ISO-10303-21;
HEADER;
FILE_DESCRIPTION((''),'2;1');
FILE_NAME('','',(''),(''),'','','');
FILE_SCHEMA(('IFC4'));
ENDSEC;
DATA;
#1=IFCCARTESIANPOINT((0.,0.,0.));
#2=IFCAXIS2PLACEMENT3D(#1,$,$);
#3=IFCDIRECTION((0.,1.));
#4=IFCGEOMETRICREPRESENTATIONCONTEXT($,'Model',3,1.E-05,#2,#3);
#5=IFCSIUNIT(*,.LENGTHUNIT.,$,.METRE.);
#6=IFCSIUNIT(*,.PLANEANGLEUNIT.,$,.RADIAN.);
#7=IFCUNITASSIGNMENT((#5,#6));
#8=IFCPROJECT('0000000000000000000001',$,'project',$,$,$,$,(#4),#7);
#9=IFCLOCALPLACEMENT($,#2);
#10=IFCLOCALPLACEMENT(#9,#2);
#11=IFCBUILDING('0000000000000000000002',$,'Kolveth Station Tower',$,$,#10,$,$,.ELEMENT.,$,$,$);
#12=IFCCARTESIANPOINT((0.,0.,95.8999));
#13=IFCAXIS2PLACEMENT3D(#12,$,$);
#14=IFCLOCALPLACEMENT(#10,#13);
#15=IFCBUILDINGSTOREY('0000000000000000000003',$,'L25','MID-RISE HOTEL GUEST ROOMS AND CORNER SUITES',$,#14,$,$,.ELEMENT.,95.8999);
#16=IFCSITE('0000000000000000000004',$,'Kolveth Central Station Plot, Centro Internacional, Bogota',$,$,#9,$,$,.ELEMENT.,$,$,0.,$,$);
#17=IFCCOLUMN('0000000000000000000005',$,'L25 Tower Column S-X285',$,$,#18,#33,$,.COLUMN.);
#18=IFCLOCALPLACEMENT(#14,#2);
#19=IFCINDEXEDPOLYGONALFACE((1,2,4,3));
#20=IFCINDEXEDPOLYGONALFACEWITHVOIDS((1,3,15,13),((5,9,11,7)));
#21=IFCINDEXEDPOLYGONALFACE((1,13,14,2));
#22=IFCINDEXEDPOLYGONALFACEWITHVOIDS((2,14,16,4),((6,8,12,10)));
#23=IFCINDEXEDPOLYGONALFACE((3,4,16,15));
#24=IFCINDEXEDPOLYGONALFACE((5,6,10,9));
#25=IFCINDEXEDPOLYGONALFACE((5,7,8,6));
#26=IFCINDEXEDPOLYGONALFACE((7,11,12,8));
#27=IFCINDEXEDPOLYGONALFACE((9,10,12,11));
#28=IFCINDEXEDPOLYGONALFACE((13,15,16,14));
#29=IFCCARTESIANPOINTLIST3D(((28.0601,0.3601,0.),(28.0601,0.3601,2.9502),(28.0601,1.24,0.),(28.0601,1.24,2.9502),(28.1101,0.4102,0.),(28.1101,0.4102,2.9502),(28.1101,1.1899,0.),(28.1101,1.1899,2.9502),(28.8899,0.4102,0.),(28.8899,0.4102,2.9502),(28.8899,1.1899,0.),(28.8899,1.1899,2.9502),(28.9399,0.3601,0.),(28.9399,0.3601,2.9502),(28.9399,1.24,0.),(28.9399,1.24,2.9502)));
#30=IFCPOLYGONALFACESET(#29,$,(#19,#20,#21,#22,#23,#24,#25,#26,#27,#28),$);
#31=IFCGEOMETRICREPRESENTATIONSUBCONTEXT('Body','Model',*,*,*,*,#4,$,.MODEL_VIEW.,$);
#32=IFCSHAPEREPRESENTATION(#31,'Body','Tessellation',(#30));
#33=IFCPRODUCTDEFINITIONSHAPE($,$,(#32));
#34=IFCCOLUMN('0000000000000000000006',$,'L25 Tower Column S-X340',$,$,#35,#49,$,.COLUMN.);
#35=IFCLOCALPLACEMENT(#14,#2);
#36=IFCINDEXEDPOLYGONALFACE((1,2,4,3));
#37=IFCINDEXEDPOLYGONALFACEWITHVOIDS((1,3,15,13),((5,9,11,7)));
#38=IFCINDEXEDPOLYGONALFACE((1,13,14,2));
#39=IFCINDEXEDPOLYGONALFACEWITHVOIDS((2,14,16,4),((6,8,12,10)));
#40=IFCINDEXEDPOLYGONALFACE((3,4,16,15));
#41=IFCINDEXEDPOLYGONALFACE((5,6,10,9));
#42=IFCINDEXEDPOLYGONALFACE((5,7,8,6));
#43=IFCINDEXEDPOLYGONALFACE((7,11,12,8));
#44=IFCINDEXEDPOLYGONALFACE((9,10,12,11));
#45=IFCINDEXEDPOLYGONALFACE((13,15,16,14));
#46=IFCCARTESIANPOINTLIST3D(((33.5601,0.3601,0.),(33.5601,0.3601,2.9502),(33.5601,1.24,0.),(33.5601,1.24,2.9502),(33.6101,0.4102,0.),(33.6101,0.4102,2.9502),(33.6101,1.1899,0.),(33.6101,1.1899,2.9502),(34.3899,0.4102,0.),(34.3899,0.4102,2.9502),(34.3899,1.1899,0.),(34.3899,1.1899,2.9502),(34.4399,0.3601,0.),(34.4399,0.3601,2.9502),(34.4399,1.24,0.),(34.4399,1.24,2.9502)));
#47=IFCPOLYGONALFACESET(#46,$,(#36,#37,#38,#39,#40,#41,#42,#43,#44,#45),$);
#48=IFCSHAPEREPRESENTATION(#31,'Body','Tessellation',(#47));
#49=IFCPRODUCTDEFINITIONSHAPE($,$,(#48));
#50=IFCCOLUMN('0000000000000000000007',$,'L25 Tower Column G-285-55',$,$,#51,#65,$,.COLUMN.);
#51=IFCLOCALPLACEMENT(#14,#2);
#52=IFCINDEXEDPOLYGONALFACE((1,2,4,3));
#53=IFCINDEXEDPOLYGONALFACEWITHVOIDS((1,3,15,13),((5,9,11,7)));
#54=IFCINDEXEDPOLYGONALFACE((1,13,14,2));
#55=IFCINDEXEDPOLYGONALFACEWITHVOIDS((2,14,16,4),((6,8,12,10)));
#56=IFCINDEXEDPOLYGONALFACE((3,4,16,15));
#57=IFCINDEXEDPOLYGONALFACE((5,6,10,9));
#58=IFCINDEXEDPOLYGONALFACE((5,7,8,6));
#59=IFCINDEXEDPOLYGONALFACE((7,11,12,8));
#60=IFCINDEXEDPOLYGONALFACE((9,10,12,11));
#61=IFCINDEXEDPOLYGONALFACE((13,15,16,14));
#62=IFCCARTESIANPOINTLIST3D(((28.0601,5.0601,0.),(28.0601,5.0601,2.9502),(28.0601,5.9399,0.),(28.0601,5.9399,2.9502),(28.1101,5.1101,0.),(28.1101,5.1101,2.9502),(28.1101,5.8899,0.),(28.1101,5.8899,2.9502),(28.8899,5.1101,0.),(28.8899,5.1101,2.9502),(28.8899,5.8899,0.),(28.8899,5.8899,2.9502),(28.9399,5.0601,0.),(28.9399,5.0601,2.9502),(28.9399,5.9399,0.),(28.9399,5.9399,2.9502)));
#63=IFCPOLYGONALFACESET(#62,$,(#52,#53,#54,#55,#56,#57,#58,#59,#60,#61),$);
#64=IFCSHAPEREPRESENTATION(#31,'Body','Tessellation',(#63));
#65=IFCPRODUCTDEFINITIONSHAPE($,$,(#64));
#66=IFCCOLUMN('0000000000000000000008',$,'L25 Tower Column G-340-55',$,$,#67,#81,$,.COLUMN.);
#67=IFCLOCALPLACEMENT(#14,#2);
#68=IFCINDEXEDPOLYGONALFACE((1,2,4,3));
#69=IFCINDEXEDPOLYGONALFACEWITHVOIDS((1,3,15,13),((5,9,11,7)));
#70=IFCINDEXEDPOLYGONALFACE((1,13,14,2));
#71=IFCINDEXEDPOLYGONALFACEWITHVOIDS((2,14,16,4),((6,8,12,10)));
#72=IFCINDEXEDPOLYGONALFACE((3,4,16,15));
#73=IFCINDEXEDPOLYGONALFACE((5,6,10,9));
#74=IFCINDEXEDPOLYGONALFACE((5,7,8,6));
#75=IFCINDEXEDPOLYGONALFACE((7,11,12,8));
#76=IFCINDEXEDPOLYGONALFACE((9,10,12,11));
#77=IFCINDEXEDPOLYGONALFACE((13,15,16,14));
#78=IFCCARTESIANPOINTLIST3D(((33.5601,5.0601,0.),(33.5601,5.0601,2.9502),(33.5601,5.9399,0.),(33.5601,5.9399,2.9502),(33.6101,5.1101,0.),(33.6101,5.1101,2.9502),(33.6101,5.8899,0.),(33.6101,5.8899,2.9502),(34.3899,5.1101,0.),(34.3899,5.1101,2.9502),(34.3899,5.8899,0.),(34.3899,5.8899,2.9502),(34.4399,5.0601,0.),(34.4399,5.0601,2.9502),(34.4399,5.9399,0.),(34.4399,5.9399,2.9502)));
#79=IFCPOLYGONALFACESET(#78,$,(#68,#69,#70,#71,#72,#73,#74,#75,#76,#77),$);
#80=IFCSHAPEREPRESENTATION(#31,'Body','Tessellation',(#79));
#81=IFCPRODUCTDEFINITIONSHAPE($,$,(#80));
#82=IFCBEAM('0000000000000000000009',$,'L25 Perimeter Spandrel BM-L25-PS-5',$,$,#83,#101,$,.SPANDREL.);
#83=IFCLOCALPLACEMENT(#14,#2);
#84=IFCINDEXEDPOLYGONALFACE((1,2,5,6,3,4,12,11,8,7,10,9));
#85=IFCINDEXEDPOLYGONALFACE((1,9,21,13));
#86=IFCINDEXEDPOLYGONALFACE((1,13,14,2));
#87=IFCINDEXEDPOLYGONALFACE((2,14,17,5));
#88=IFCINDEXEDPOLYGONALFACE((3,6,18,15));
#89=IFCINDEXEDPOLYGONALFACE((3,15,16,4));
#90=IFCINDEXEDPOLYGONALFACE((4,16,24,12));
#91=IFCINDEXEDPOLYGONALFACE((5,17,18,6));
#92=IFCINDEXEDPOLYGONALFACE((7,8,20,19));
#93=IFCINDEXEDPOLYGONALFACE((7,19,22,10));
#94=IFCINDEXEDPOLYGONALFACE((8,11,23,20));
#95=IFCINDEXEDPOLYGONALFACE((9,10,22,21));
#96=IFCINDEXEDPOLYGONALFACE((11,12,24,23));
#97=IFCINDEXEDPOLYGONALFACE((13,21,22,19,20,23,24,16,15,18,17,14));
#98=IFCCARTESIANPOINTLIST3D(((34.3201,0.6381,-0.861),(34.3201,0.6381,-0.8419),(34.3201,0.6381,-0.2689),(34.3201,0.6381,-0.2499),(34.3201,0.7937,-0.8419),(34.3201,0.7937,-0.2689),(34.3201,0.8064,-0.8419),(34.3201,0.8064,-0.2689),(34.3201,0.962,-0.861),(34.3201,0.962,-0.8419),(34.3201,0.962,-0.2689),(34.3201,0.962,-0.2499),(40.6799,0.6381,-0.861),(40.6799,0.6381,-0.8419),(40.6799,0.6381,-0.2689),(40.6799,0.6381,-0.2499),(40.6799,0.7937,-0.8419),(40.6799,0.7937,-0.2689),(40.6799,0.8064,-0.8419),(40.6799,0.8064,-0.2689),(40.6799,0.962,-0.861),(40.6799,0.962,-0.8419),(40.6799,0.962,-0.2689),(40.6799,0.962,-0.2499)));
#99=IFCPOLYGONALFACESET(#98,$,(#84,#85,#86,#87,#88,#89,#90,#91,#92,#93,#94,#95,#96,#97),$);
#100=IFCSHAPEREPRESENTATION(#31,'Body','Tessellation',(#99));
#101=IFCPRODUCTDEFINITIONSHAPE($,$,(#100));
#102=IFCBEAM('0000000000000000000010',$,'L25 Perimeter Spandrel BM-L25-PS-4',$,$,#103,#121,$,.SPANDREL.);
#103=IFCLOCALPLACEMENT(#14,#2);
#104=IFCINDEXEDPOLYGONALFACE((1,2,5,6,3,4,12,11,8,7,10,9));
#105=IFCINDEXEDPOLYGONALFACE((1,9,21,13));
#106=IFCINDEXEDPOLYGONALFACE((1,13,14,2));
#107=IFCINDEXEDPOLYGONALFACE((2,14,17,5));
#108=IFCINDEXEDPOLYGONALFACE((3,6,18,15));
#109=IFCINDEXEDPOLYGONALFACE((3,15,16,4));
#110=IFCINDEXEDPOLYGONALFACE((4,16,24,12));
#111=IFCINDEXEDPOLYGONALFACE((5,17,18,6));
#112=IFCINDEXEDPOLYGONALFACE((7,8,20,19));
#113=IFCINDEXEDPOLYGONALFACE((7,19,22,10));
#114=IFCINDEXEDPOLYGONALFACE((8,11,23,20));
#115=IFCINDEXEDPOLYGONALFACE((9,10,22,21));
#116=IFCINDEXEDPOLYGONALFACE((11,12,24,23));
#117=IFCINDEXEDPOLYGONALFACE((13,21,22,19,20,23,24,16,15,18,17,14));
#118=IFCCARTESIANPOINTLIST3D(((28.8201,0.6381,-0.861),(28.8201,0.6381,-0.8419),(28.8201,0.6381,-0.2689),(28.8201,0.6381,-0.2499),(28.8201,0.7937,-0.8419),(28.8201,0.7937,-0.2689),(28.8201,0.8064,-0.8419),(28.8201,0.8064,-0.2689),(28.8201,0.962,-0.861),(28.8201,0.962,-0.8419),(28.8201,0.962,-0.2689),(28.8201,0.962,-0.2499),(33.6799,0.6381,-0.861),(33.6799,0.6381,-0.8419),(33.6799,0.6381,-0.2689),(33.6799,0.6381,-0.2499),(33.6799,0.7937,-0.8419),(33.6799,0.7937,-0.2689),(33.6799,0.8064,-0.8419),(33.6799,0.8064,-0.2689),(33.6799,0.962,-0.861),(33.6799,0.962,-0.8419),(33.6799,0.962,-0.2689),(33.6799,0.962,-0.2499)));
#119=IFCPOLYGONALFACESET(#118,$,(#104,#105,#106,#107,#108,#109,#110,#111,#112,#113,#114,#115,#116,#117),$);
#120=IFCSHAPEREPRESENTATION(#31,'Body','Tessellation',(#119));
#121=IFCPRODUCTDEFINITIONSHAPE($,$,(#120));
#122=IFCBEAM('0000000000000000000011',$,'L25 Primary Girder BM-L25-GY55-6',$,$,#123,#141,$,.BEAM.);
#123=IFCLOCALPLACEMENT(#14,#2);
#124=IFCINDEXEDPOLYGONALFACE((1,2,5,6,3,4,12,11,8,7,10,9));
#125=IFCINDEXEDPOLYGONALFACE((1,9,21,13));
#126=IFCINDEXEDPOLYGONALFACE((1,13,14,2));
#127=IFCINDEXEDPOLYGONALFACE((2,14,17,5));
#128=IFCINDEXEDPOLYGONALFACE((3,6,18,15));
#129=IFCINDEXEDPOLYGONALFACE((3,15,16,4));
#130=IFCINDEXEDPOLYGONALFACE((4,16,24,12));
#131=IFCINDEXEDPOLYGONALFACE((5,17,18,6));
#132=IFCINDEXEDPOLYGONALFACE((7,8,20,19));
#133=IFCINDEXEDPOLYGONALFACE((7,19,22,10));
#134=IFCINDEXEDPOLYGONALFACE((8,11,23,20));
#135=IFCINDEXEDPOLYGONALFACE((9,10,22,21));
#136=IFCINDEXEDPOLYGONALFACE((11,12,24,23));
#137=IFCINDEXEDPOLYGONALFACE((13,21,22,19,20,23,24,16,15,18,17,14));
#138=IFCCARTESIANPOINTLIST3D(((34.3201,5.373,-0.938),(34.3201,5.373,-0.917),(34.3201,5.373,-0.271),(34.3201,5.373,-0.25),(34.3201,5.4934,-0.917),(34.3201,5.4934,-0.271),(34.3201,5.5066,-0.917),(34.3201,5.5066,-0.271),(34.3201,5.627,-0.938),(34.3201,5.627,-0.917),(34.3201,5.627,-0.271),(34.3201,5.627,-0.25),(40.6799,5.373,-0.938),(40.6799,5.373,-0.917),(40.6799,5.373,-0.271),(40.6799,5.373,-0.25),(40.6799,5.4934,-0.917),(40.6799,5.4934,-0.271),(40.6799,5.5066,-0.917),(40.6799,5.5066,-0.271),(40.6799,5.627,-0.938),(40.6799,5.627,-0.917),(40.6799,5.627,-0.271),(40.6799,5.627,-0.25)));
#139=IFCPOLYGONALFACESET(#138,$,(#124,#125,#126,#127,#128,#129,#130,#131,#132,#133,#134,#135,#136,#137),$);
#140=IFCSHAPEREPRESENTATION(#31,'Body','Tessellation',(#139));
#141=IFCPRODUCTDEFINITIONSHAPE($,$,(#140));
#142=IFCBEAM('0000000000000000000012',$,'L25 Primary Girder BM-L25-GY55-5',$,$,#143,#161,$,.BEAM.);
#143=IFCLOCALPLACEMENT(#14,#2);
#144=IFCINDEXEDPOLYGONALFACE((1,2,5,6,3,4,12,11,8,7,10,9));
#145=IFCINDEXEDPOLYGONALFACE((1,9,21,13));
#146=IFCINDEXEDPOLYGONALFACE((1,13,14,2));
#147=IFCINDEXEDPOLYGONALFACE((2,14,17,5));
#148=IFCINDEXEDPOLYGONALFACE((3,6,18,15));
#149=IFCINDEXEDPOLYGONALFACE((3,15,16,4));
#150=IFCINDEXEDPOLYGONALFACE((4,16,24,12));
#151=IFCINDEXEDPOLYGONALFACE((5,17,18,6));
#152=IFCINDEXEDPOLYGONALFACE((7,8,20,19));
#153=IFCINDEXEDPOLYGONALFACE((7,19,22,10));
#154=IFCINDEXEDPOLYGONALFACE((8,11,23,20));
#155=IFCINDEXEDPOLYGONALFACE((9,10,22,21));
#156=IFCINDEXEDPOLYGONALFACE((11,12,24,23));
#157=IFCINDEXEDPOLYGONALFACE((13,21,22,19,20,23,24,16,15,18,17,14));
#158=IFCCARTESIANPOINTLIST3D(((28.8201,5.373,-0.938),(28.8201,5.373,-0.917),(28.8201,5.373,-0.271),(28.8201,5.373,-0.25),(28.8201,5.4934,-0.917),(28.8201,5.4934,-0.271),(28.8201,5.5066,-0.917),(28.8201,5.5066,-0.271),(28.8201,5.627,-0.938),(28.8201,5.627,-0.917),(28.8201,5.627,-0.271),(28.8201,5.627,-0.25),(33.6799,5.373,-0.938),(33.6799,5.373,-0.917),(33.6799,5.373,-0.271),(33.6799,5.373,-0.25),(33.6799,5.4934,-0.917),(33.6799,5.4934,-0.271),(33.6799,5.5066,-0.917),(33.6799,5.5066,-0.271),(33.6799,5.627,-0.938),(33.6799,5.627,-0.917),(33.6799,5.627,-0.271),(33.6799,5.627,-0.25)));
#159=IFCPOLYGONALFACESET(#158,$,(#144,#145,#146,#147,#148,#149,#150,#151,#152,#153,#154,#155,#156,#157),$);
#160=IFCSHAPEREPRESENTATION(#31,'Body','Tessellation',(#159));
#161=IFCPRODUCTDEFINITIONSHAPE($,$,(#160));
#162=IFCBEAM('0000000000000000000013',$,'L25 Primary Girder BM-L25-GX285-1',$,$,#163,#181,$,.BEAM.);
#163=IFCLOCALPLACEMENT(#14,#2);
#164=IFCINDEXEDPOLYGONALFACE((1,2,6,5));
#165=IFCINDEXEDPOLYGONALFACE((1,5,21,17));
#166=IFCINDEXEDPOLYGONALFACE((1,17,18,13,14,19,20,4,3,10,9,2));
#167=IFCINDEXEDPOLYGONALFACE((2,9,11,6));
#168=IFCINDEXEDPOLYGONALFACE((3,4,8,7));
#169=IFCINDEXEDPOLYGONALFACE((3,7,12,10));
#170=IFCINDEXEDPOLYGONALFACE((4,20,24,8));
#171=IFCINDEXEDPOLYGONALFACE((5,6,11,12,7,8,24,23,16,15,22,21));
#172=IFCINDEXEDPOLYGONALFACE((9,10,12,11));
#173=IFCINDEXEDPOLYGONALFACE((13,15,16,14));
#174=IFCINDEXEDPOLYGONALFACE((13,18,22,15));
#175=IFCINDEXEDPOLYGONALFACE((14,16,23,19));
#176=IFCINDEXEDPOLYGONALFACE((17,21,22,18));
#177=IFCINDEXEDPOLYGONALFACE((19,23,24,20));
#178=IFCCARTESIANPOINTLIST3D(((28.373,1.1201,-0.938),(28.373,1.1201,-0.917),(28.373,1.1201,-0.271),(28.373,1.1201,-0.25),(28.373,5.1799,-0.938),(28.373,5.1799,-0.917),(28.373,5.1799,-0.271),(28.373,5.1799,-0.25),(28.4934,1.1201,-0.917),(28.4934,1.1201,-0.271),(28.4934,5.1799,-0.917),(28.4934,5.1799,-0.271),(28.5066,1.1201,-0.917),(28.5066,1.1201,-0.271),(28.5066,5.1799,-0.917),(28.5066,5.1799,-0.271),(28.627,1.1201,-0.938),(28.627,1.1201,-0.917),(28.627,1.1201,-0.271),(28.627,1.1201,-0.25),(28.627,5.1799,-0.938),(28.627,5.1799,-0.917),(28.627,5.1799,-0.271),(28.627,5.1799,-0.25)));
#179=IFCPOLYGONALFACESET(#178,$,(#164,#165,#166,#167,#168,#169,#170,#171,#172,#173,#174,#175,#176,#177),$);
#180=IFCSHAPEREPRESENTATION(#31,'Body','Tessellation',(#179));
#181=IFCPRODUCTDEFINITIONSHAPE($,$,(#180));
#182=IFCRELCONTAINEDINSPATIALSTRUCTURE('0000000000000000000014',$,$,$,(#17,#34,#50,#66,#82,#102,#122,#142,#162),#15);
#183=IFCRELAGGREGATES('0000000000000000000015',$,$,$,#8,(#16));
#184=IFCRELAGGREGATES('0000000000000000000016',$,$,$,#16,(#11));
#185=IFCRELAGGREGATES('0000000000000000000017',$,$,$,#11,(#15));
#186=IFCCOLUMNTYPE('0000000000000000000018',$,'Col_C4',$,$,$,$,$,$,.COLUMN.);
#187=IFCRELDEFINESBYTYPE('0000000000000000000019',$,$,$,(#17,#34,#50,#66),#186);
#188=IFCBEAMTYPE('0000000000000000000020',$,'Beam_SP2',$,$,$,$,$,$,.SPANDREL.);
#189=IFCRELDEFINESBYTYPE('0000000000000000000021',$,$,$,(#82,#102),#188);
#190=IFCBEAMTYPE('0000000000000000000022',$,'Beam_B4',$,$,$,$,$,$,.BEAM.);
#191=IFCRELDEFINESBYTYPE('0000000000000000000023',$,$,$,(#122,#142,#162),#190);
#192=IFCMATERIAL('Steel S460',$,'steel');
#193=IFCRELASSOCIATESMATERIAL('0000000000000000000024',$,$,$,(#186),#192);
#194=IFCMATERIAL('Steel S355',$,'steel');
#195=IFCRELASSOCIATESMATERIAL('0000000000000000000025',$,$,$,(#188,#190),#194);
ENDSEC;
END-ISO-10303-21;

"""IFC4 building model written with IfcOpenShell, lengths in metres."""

from ifc_helpers import new_model, si_unit, direction, frame, origin, origin_2d, place, context, subcontext, project, spatial, hollow_rectangle, i_section, extrude, source, transform, mapped, material, material_profile, profile_set, type_object, element, save


model = new_model("IFC4")

# Units and contexts
model_context = context("Model", 3, precision=1e-05, world=origin(), true_north=direction((0.0, 1.0)))
body_context = subcontext(model_context, "Body", "Model", "MODEL_VIEW")
ifc_project = project(units=[si_unit("LENGTHUNIT", "METRE"), si_unit("PLANEANGLEUNIT", "RADIAN")], contexts=[model_context])

# Site, building, storey
site_placement = place(None, origin())
site = spatial("IfcSite", under=ifc_project, at=site_placement, Name="Kolveth Central Station Plot, Centro Internacional, Bogota", CompositionType="ELEMENT", RefElevation=0.0)
building_placement = place(site_placement, origin())
building = spatial("IfcBuilding", under=site, at=building_placement, Name="Kolveth Station Tower", CompositionType="ELEMENT")
storey_placement = place(building_placement, frame((0.0, 0.0, 95.8999)))
storey = spatial("IfcBuildingStorey", under=building, at=storey_placement, Name="L25", Description="MID-RISE HOTEL GUEST ROOMS AND CORNER SUITES", CompositionType="ELEMENT", Elevation=95.8999)

# Columns
ifc_material_1 = material(Name="Steel S460", Category="steel")
ifc_material_profile_1 = material_profile(ifc_material_1, hollow_rectangle(XDim=0.8799, YDim=0.8799, WallThickness=0.05, at=origin_2d()), Name="BOX880x880x50")
ifc_profile_set_1 = profile_set([ifc_material_profile_1], Name="Steel S460")
column_type = type_object("IfcColumnType", Name="Col_C4", PredefinedType="COLUMN", material=ifc_profile_set_1)
shared_shape_1 = source(origin(), body_context, "Body", "SweptSolid", [
    extrude(hollow_rectangle(XDim=0.8799, YDim=0.8799, WallThickness=0.05, at=origin_2d()), origin(), (0.0, 0.0, 1.0), 2.9502),
])
for number, where, z_axis, x_axis, name in (
    (1, (28.5, 0.8, 0.0), (0.0, 0.0, 1.0), (1.0, 0.0, 0.0), "L25 Tower Column S-X285"),
    (2, (34.0, 0.8, 0.0), (0.0, 0.0, 1.0), (1.0, 0.0, 0.0), "L25 Tower Column S-X340"),
    (3, (28.5, 5.5, 0.0), (0.0, 0.0, 1.0), (1.0, 0.0, 0.0), "L25 Tower Column G-285-55"),
    (4, (34.0, 5.5, 0.0), (0.0, 0.0, 1.0), (1.0, 0.0, 0.0), "L25 Tower Column G-340-55"),
):
    element("IfcColumn", number, at=place(storey_placement, frame(where, z_axis=z_axis, x_axis=x_axis)), inside=storey, type_object=column_type, Name=name, PredefinedType="COLUMN", context=body_context, shape_type="MappedRepresentation", body=[
        mapped(shared_shape_1, transform((0.0, 0.0, 0.0), x_axis=(1.0, 0.0, 0.0), y_axis=(0.0, 1.0, 0.0), z_axis=(0.0, 0.0, 1.0), scale=1.0)),
    ])

# Beams
ifc_material_2 = material(Name="Steel S355", Category="steel")
ifc_material_profile_2 = material_profile(ifc_material_2, i_section(OverallWidth=0.324, OverallDepth=0.6111, WebThickness=0.0127, FlangeThickness=0.019, at=origin_2d()), Name="W610x155")
ifc_profile_set_2 = profile_set([ifc_material_profile_2], Name="Steel S355")
beam_type_1 = type_object("IfcBeamType", Name="Beam_SP2", PredefinedType="SPANDREL", material=ifc_profile_set_2)
shared_shape_2 = source(origin(), body_context, "Body", "SweptSolid", [
    extrude(i_section(OverallWidth=0.324, OverallDepth=0.6111, WebThickness=0.0127, FlangeThickness=0.019, at=origin_2d()), origin(), (0.0, 0.0, 1.0), 6.3599),
])
beam_1_placement = place(storey_placement, frame((34.3201, 0.8, -0.5554), z_axis=(1.0, 0.0, 0.0), x_axis=(0.0, 1.0, 0.0)))
element("IfcBeam", 5, at=beam_1_placement, inside=storey, type_object=beam_type_1, Name="L25 Perimeter Spandrel BM-L25-PS-5", PredefinedType="SPANDREL", context=body_context, shape_type="MappedRepresentation", body=[
    mapped(shared_shape_2, transform((0.0, 0.0, 0.0), x_axis=(1.0, 0.0, 0.0), y_axis=(0.0, 1.0, 0.0), z_axis=(0.0, 0.0, 1.0), scale=1.0)),
])
shared_shape_3 = source(origin(), body_context, "Body", "SweptSolid", [
    extrude(i_section(OverallWidth=0.324, OverallDepth=0.6111, WebThickness=0.0127, FlangeThickness=0.019, at=origin_2d()), origin(), (0.0, 0.0, 1.0), 4.8599),
])
beam_2_placement = place(storey_placement, frame((28.8201, 0.8, -0.5554), z_axis=(1.0, 0.0, 0.0), x_axis=(0.0, 1.0, 0.0)))
element("IfcBeam", 6, at=beam_2_placement, inside=storey, type_object=beam_type_1, Name="L25 Perimeter Spandrel BM-L25-PS-4", PredefinedType="SPANDREL", context=body_context, shape_type="MappedRepresentation", body=[
    mapped(shared_shape_3, transform((0.0, 0.0, 0.0), x_axis=(1.0, 0.0, 0.0), y_axis=(0.0, 1.0, 0.0), z_axis=(0.0, 0.0, 1.0), scale=1.0)),
])
ifc_material_profile_3 = material_profile(ifc_material_2, i_section(OverallWidth=0.2539, OverallDepth=0.688, WebThickness=0.0132, FlangeThickness=0.021, at=origin_2d()), Name="W690x152")
ifc_profile_set_3 = profile_set([ifc_material_profile_3], Name="Steel S355")
beam_type_2 = type_object("IfcBeamType", Name="Beam_B4", PredefinedType="BEAM", material=ifc_profile_set_3)
shared_shape_4 = source(origin(), body_context, "Body", "SweptSolid", [
    extrude(i_section(OverallWidth=0.2539, OverallDepth=0.688, WebThickness=0.0132, FlangeThickness=0.021, at=origin_2d()), origin(), (0.0, 0.0, 1.0), 6.3599),
])
beam_3_placement = place(storey_placement, frame((34.3201, 5.5, -0.594), z_axis=(1.0, 0.0, 0.0), x_axis=(0.0, 1.0, 0.0)))
element("IfcBeam", 7, at=beam_3_placement, inside=storey, type_object=beam_type_2, Name="L25 Primary Girder BM-L25-GY55-6", PredefinedType="BEAM", context=body_context, shape_type="MappedRepresentation", body=[
    mapped(shared_shape_4, transform((0.0, 0.0, 0.0), x_axis=(1.0, 0.0, 0.0), y_axis=(0.0, 1.0, 0.0), z_axis=(0.0, 0.0, 1.0), scale=1.0)),
])
shared_shape_5 = source(origin(), body_context, "Body", "SweptSolid", [
    extrude(i_section(OverallWidth=0.2539, OverallDepth=0.688, WebThickness=0.0132, FlangeThickness=0.021, at=origin_2d()), origin(), (0.0, 0.0, 1.0), 4.8599),
])
beam_4_placement = place(storey_placement, frame((28.8201, 5.5, -0.594), z_axis=(1.0, 0.0, 0.0), x_axis=(0.0, 1.0, 0.0)))
element("IfcBeam", 8, at=beam_4_placement, inside=storey, type_object=beam_type_2, Name="L25 Primary Girder BM-L25-GY55-5", PredefinedType="BEAM", context=body_context, shape_type="MappedRepresentation", body=[
    mapped(shared_shape_5, transform((0.0, 0.0, 0.0), x_axis=(1.0, 0.0, 0.0), y_axis=(0.0, 1.0, 0.0), z_axis=(0.0, 0.0, 1.0), scale=1.0)),
])
shared_shape_6 = source(origin(), body_context, "Body", "SweptSolid", [
    extrude(i_section(OverallWidth=0.2539, OverallDepth=0.688, WebThickness=0.0132, FlangeThickness=0.021, at=origin_2d()), origin(), (0.0, 0.0, 1.0), 4.0598),
])
for number, where, z_axis, x_axis, name in (
    (9, (28.5, 1.1201, -0.594), (0.0, 1.0, 0.0), (-1.0, 0.0, 0.0), "L25 Primary Girder BM-L25-GX285-1"),
):
    element("IfcBeam", number, at=place(storey_placement, frame(where, z_axis=z_axis, x_axis=x_axis)), inside=storey, type_object=beam_type_2, Name=name, PredefinedType="BEAM", context=body_context, shape_type="MappedRepresentation", body=[
        mapped(shared_shape_6, transform((0.0, 0.0, 0.0), x_axis=(1.0, 0.0, 0.0), y_axis=(0.0, 1.0, 0.0), z_axis=(0.0, 0.0, 1.0), scale=1.0)),
    ])

save(model, "model.ifc")
